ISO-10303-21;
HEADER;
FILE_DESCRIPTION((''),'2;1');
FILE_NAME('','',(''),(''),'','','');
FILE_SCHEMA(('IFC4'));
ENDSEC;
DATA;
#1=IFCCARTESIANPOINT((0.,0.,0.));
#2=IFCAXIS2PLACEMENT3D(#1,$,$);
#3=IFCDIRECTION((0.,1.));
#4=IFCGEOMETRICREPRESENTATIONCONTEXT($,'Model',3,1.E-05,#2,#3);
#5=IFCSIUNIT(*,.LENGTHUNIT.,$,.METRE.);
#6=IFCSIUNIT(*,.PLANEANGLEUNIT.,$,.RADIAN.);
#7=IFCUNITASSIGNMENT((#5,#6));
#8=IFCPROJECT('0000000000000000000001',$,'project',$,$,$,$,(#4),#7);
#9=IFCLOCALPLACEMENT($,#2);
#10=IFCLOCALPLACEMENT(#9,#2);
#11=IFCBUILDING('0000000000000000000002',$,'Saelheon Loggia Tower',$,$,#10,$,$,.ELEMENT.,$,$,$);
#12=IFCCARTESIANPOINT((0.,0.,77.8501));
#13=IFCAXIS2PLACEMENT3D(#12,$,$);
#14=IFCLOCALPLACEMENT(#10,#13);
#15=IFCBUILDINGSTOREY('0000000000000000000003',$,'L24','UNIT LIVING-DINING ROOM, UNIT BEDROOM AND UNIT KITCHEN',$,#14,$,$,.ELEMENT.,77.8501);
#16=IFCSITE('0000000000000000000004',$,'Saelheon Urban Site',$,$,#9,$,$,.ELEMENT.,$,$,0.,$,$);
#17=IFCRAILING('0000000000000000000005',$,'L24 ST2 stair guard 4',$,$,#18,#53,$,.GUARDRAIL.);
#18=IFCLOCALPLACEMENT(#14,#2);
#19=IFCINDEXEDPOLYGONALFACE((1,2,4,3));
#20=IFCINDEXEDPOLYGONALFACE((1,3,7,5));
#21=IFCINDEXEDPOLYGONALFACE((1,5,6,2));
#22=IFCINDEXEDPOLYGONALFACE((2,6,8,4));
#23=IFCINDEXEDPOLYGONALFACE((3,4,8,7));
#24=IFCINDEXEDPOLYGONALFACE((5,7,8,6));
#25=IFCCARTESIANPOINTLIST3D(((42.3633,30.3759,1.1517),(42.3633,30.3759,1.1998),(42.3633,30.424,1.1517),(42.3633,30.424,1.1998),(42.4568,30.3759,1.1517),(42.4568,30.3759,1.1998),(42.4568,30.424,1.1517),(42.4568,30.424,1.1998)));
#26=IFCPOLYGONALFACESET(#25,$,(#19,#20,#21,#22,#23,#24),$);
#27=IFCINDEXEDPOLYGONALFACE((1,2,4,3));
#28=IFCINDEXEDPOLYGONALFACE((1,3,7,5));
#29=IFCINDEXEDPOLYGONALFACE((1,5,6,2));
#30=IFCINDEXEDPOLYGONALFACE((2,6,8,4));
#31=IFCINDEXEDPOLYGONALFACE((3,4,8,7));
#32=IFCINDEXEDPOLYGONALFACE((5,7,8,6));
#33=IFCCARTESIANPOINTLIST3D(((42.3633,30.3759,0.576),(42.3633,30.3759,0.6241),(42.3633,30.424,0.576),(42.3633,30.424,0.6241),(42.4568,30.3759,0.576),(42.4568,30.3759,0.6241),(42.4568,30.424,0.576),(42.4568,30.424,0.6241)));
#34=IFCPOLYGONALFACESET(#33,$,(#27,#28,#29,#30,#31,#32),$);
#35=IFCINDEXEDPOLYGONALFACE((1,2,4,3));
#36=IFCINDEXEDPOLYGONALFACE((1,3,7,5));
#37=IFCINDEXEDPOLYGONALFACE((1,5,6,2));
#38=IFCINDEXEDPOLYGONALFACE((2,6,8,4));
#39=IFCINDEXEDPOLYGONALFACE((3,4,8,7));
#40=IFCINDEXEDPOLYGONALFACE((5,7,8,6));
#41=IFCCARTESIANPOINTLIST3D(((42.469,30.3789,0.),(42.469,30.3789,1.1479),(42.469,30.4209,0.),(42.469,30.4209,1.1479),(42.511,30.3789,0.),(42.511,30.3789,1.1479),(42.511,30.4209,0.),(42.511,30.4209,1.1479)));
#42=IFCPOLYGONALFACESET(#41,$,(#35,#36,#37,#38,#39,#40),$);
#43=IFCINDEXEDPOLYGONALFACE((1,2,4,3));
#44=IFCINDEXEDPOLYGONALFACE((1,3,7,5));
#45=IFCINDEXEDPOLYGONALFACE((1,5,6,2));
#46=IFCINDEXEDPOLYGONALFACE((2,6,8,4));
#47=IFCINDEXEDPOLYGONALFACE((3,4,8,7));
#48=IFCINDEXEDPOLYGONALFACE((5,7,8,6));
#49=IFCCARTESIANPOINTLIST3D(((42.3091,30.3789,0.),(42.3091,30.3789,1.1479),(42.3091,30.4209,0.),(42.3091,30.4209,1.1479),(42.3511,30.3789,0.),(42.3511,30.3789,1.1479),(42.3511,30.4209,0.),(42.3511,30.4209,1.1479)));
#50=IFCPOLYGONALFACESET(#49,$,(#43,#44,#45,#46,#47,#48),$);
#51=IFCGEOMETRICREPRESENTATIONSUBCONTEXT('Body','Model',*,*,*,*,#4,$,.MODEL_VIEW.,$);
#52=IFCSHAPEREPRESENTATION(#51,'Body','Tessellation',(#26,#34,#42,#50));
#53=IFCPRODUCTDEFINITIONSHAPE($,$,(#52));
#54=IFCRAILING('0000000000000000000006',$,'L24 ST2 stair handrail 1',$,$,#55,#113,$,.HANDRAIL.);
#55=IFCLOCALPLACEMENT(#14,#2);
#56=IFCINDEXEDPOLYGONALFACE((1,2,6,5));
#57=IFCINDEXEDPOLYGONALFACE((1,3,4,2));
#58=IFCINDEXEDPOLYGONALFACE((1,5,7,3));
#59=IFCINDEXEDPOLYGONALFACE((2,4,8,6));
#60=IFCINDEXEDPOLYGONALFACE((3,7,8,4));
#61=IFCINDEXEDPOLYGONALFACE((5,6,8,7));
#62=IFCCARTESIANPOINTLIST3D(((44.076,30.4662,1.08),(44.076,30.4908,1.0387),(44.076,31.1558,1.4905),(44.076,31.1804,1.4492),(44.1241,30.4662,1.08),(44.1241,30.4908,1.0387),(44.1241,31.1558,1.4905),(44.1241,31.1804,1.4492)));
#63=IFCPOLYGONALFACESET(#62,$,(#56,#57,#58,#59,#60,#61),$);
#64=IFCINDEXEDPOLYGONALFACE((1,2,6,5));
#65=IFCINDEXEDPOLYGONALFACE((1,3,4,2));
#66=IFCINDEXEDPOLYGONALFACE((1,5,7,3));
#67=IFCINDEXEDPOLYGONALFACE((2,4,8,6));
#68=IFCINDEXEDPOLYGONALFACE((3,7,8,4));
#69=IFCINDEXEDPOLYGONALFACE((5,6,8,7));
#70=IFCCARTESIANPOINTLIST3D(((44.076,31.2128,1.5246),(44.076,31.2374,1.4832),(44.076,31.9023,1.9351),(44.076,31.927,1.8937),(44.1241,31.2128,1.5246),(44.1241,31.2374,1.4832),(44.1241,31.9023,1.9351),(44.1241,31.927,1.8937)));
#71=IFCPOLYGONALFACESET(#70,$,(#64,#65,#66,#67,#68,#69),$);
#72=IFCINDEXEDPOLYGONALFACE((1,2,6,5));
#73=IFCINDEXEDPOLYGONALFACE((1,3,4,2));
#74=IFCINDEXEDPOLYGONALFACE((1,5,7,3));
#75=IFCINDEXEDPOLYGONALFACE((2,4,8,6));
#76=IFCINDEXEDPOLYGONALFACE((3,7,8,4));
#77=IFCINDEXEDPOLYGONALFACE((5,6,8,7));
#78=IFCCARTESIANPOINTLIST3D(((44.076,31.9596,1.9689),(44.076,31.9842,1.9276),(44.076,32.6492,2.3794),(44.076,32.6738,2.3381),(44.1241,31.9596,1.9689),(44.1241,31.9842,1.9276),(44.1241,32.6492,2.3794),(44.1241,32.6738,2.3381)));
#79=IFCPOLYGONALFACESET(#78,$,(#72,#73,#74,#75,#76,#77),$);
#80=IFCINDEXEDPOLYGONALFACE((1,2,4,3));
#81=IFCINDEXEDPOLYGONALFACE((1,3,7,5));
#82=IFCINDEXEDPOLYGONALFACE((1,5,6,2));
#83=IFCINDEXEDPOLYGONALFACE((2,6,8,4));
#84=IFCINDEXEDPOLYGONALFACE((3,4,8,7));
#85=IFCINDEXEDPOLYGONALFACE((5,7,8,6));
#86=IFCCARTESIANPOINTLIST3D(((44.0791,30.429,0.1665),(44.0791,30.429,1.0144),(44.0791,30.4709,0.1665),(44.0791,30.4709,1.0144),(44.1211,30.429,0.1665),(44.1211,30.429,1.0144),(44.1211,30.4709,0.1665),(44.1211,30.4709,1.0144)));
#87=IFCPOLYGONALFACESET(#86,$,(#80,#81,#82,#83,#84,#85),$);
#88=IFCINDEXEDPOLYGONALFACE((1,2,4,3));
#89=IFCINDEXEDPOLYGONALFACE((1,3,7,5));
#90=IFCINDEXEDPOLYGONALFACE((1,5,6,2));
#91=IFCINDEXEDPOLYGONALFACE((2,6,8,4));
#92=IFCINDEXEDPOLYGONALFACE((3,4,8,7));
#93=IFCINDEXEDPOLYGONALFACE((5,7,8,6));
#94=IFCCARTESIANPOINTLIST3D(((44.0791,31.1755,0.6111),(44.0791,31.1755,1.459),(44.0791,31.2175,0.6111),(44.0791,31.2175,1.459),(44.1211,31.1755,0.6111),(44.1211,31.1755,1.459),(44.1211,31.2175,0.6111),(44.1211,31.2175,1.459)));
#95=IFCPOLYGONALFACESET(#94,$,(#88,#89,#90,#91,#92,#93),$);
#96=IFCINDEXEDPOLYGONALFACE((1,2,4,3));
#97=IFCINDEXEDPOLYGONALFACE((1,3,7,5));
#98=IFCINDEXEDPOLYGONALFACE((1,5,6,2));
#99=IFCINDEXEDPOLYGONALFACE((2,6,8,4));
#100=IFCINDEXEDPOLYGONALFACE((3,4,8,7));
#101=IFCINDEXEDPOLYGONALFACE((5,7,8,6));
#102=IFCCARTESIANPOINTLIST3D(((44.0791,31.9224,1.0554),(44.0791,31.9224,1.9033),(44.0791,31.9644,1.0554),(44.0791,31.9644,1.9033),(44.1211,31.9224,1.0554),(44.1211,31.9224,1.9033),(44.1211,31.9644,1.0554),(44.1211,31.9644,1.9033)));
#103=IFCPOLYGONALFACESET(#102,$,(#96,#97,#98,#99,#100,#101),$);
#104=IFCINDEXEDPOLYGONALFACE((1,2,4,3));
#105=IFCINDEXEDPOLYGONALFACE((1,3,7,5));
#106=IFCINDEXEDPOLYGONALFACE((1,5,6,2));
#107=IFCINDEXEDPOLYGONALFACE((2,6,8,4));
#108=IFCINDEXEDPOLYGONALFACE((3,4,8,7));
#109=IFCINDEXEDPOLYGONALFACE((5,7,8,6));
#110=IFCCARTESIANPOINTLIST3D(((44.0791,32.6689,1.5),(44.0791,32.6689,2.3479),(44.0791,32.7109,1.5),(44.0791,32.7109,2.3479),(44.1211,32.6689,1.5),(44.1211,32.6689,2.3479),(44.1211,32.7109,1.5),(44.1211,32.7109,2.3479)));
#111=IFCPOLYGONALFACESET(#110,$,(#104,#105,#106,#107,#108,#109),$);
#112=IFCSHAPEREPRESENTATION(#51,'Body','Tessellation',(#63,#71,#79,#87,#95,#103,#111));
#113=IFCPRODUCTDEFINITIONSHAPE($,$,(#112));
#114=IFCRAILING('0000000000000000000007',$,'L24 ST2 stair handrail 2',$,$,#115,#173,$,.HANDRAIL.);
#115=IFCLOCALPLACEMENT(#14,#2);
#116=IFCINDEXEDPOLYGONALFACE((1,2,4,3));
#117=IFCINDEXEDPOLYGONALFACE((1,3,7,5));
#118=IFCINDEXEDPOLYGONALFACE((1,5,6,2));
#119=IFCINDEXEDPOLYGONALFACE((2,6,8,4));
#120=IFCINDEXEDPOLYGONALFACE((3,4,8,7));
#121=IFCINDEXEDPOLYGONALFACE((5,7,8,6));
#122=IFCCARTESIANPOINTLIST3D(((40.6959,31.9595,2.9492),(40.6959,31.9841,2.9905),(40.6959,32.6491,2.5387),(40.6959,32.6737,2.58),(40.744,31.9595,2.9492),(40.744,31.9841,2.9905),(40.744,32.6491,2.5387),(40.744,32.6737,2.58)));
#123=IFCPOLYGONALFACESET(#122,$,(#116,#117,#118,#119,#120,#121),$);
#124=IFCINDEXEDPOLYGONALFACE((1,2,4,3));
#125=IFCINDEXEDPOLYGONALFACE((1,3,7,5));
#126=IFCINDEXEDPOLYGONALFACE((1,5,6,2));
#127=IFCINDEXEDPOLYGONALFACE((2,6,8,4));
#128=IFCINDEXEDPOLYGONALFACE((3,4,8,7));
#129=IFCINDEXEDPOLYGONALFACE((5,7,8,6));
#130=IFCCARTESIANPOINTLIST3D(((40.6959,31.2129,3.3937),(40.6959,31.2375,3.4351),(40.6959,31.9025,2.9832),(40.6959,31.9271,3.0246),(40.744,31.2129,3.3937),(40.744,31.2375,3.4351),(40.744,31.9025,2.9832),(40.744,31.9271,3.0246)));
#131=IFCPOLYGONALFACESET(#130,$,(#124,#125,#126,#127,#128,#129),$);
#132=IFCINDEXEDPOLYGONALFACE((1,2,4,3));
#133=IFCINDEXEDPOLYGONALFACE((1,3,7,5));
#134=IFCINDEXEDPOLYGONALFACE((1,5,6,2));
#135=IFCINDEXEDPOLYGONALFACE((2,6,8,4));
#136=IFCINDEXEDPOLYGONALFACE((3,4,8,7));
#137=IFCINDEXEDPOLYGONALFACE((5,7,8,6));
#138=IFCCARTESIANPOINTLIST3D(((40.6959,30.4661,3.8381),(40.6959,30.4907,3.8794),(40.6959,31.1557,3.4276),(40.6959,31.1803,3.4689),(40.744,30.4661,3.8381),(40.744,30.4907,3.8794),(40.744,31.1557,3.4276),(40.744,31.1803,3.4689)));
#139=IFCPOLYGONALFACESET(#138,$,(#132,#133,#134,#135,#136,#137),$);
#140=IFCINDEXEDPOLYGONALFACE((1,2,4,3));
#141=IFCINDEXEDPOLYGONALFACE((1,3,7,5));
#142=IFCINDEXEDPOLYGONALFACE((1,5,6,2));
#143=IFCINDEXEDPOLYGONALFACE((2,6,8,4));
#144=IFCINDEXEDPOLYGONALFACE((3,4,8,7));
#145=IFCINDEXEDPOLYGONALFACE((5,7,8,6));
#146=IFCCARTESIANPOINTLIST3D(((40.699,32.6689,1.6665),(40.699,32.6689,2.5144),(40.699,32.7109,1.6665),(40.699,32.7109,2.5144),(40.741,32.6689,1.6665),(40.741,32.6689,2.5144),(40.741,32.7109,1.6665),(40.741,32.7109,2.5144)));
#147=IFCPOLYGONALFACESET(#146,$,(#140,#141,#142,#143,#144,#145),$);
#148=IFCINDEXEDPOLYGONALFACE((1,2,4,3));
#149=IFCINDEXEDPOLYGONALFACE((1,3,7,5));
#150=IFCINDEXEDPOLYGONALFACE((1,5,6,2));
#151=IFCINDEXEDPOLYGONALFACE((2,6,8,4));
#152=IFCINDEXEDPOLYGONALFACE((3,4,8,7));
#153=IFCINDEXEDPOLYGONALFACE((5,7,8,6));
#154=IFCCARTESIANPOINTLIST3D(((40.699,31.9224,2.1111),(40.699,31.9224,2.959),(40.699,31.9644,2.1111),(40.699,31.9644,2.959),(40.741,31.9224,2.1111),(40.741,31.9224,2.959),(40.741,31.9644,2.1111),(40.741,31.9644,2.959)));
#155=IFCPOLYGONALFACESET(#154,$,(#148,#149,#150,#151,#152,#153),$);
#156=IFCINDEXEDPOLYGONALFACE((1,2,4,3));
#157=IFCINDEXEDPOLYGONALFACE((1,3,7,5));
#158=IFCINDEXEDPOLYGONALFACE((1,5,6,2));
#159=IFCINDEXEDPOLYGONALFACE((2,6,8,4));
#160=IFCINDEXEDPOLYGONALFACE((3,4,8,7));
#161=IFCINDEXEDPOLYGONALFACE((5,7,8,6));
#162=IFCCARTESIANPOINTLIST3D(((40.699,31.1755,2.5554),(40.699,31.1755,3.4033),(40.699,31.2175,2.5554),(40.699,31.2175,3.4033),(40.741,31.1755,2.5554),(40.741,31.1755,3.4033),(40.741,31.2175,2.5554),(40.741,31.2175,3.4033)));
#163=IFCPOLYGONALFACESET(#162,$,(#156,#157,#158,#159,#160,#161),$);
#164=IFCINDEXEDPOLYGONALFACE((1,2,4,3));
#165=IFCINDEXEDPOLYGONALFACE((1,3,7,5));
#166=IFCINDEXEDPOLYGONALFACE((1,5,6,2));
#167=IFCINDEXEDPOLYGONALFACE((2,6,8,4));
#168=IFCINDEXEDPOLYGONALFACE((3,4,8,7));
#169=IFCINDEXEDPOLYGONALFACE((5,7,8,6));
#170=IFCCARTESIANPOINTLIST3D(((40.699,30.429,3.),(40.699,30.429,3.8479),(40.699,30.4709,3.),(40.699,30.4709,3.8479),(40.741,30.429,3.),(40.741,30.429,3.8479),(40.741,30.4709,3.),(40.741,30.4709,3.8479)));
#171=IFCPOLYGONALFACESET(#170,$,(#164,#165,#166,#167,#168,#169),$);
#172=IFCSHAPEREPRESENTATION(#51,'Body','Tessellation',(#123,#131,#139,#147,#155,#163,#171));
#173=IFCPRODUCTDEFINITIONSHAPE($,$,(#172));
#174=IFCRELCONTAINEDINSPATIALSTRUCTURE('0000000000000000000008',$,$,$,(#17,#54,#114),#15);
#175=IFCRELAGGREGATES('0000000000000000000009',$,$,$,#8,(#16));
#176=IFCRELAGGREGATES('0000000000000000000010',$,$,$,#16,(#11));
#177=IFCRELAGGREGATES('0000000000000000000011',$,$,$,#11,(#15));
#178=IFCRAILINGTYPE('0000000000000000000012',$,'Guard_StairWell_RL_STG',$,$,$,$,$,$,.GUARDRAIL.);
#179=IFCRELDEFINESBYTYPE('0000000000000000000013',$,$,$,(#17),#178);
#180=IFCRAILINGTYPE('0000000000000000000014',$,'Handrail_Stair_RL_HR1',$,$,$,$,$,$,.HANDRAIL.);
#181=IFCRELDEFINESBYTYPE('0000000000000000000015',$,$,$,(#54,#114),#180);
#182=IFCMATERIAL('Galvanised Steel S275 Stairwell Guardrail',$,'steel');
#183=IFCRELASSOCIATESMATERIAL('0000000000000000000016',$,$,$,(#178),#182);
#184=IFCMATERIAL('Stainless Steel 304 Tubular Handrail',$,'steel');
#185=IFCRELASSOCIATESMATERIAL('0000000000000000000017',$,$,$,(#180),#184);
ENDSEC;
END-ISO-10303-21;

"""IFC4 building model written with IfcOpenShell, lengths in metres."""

from ifc_helpers import new_model, si_unit, direction, frame, origin, origin_2d, place, context, subcontext, project, spatial, rectangle, extrude, material, type_object, element, save


model = new_model("IFC4")

# Units and contexts
model_context = context("Model", 3, precision=1e-05, world=origin(), true_north=direction((0.0, 1.0)))
body_context = subcontext(model_context, "Body", "Model", "MODEL_VIEW")
ifc_project = project(units=[si_unit("LENGTHUNIT", "METRE"), si_unit("PLANEANGLEUNIT", "RADIAN")], contexts=[model_context])

# Site, building, storey
site_placement = place(None, origin())
site = spatial("IfcSite", under=ifc_project, at=site_placement, Name="Saelheon Urban Site", CompositionType="ELEMENT", RefElevation=0.0)
building_placement = place(site_placement, origin())
building = spatial("IfcBuilding", under=site, at=building_placement, Name="Saelheon Loggia Tower", CompositionType="ELEMENT")
storey_placement = place(building_placement, frame((0.0, 0.0, 77.8501)))
storey = spatial("IfcBuildingStorey", under=building, at=storey_placement, Name="L24", Description="UNIT LIVING-DINING ROOM, UNIT BEDROOM AND UNIT KITCHEN", CompositionType="ELEMENT", Elevation=77.8501)

# Railings
ifc_material_1 = material(Name="Galvanised Steel S275 Stairwell Guardrail", Category="steel")
railing_type_1 = type_object("IfcRailingType", Name="Guard_StairWell_RL_STG", PredefinedType="GUARDRAIL", material=ifc_material_1)
railing_1_placement = place(storey_placement, frame((42.49, 30.3999, 0.0)))
element("IfcRailing", 1, at=railing_1_placement, inside=storey, type_object=railing_type_1, Name="L24 ST2 stair guard 4", PredefinedType="GUARDRAIL", context=body_context, shape_type="SweptSolid", body=[
    extrude(rectangle(XDim=0.0481, YDim=0.0481, at=origin_2d()), frame((-0.0332, 0.0, 1.1758), z_axis=(-1.0, 0.0, 0.0), x_axis=(0.0, -1.0, 0.0)), (0.0, 0.0, 1.0), 0.0935),
    extrude(rectangle(XDim=0.0481, YDim=0.0481, at=origin_2d()), frame((-0.0332, 0.0, 0.6001), z_axis=(-1.0, 0.0, 0.0), x_axis=(0.0, -1.0, 0.0)), (0.0, 0.0, 1.0), 0.0935),
    extrude(rectangle(XDim=0.042, YDim=0.042, at=origin_2d()), origin(), (0.0, 0.0, 1.0), 1.1479),
    extrude(rectangle(XDim=0.042, YDim=0.042, at=origin_2d()), frame((-0.1599, 0.0, 0.0)), (0.0, 0.0, 1.0), 1.1479),
])
ifc_material_2 = material(Name="Stainless Steel 304 Tubular Handrail", Category="steel")
railing_type_2 = type_object("IfcRailingType", Name="Handrail_Stair_RL_HR1", PredefinedType="HANDRAIL", material=ifc_material_2)
railing_2_placement = place(storey_placement, frame((44.1001, 30.45, 0.1665)))
element("IfcRailing", 2, at=railing_2_placement, inside=storey, type_object=railing_type_2, Name="L24 ST2 stair handrail 1", PredefinedType="HANDRAIL", context=body_context, shape_type="SweptSolid", body=[
    extrude(rectangle(XDim=0.0481, YDim=0.0481, at=origin_2d()), frame((0.0, 0.0286, 0.8928), z_axis=(0.0, 0.859264, 0.511532), x_axis=(-1.0, 0.0, 0.0)), (0.0, 0.0, 1.0), 0.8025),
    extrude(rectangle(XDim=0.0481, YDim=0.0481, at=origin_2d()), frame((0.0, 0.7751, 1.3374), z_axis=(0.0, 0.859264, 0.511532), x_axis=(-1.0, 0.0, 0.0)), (0.0, 0.0, 1.0), 0.8025),
    extrude(rectangle(XDim=0.0481, YDim=0.0481, at=origin_2d()), frame((0.0, 1.522, 1.7817), z_axis=(0.0, 0.859264, 0.511532), x_axis=(-1.0, 0.0, 0.0)), (0.0, 0.0, 1.0), 0.8025),
    extrude(rectangle(XDim=0.042, YDim=0.042, at=origin_2d()), origin(), (0.0, 0.0, 1.0), 0.8479),
    extrude(rectangle(XDim=0.042, YDim=0.042, at=origin_2d()), frame((0.0, 0.7466, 0.4446)), (0.0, 0.0, 1.0), 0.8479),
    extrude(rectangle(XDim=0.042, YDim=0.042, at=origin_2d()), frame((0.0, 1.4934, 0.8889)), (0.0, 0.0, 1.0), 0.8479),
    extrude(rectangle(XDim=0.042, YDim=0.042, at=origin_2d()), frame((0.0, 2.24, 1.3335)), (0.0, 0.0, 1.0), 0.8479),
])
railing_3_placement = place(storey_placement, frame((40.72, 32.6899, 1.6665)))
element("IfcRailing", 3, at=railing_3_placement, inside=storey, type_object=railing_type_2, Name="L24 ST2 stair handrail 2", PredefinedType="HANDRAIL", context=body_context, shape_type="SweptSolid", body=[
    extrude(rectangle(XDim=0.0481, YDim=0.0481, at=origin_2d()), frame((0.0, -0.0286, 0.8928), z_axis=(0.0, -0.859264, 0.511532), x_axis=(1.0, 0.0, 0.0)), (0.0, 0.0, 1.0), 0.8025),
    extrude(rectangle(XDim=0.0481, YDim=0.0481, at=origin_2d()), frame((0.0, -0.7751, 1.3374), z_axis=(0.0, -0.859264, 0.511532), x_axis=(1.0, 0.0, 0.0)), (0.0, 0.0, 1.0), 0.8025),
    extrude(rectangle(XDim=0.0481, YDim=0.0481, at=origin_2d()), frame((0.0, -1.522, 1.7817), z_axis=(0.0, -0.859264, 0.511532), x_axis=(1.0, 0.0, 0.0)), (0.0, 0.0, 1.0), 0.8025),
    extrude(rectangle(XDim=0.042, YDim=0.042, at=origin_2d()), origin(), (0.0, 0.0, 1.0), 0.8479),
    extrude(rectangle(XDim=0.042, YDim=0.042, at=origin_2d()), frame((0.0, -0.7466, 0.4446)), (0.0, 0.0, 1.0), 0.8479),
    extrude(rectangle(XDim=0.042, YDim=0.042, at=origin_2d()), frame((0.0, -1.4934, 0.8889)), (0.0, 0.0, 1.0), 0.8479),
    extrude(rectangle(XDim=0.042, YDim=0.042, at=origin_2d()), frame((0.0, -2.24, 1.3335)), (0.0, 0.0, 1.0), 0.8479),
])

save(model, "model.ifc")
